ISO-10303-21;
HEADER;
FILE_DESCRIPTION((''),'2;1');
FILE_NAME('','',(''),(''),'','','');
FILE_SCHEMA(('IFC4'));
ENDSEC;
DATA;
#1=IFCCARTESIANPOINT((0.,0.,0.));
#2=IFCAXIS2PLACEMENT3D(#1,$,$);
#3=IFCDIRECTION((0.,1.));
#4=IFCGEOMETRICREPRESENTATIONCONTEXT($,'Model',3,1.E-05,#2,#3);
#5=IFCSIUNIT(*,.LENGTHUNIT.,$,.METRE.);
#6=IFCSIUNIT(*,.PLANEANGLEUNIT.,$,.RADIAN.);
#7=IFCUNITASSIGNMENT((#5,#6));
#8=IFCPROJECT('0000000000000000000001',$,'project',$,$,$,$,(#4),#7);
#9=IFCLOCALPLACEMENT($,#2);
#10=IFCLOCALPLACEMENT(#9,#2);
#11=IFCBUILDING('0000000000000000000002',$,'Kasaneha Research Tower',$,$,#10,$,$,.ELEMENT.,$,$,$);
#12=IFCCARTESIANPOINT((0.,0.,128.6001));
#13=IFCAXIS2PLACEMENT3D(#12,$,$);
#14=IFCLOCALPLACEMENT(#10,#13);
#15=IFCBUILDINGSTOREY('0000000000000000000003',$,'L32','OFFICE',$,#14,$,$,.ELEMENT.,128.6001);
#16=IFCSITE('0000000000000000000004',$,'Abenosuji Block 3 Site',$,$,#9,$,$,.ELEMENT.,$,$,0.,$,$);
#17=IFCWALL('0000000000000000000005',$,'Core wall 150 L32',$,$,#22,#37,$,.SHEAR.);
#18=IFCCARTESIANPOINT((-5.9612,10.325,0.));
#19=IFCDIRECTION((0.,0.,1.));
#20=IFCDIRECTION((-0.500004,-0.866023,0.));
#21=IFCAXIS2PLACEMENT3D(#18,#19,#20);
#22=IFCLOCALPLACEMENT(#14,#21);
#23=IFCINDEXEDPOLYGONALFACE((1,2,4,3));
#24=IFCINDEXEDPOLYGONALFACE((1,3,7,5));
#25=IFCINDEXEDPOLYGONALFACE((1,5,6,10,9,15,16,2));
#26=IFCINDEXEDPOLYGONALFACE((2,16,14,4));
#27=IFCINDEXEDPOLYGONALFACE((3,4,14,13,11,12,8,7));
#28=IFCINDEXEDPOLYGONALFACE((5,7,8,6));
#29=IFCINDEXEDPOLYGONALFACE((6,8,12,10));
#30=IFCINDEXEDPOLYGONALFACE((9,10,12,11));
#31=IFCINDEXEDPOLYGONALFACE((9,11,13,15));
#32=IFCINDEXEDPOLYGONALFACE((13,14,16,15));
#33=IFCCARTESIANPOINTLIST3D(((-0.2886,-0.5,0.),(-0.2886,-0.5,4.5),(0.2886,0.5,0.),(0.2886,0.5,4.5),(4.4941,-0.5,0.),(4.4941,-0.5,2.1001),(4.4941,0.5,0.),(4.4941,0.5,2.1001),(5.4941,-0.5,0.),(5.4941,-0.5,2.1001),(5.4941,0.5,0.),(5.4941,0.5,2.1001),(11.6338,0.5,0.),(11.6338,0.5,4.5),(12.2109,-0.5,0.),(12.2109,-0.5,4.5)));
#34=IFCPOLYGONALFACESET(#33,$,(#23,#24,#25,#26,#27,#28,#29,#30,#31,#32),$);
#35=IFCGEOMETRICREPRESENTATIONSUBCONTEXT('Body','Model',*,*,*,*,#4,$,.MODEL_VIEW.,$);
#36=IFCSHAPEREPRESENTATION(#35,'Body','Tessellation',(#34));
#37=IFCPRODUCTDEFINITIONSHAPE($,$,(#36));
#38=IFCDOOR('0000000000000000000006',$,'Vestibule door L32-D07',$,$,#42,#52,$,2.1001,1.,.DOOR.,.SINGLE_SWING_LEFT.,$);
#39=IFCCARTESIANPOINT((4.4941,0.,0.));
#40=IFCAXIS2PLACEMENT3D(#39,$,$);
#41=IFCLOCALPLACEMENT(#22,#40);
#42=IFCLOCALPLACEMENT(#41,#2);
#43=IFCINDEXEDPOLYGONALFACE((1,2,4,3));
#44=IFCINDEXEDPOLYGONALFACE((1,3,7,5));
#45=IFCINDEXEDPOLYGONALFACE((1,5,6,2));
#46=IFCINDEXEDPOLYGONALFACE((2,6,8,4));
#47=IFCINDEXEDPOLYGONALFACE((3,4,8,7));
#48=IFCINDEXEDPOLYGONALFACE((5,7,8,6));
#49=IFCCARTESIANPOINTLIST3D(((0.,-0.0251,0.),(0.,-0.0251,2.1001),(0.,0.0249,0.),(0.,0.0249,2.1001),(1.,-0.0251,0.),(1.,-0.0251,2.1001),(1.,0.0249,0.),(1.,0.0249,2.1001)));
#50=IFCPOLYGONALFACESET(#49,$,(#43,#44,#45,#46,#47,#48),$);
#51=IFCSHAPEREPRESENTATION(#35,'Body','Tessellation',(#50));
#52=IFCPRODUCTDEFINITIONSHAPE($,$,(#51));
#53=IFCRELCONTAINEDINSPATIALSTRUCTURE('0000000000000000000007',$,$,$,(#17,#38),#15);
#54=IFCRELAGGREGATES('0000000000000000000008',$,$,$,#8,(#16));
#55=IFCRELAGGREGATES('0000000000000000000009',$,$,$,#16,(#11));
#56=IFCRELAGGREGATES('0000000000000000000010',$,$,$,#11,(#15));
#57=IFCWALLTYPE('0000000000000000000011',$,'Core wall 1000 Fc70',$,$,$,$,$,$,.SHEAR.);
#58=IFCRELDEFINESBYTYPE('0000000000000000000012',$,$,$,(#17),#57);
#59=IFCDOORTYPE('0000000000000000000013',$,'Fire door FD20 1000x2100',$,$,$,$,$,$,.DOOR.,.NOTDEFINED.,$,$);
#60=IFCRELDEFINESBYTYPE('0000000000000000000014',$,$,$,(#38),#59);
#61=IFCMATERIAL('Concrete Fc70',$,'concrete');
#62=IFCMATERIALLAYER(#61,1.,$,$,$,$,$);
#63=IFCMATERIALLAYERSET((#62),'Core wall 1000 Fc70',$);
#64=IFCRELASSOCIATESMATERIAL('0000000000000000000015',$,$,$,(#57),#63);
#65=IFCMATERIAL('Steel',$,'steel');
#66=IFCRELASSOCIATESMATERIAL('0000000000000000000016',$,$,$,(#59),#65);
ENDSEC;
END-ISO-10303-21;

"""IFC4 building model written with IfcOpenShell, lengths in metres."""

from ifc_helpers import new_model, si_unit, direction, frame, frame_2d, origin, place, context, subcontext, project, spatial, polyline, rectangle, outline, extrude, material, layer, layer_set, type_object, element, fill, save


model = new_model("IFC4")

# Units and contexts
model_context = context("Model", 3, precision=1e-05, world=origin(), true_north=direction((0.0, 1.0)))
body_context = subcontext(model_context, "Body", "Model", "MODEL_VIEW")
ifc_project = project(units=[si_unit("LENGTHUNIT", "METRE"), si_unit("PLANEANGLEUNIT", "RADIAN")], contexts=[model_context])

# Site, building, storey
site_placement = place(None, origin())
site = spatial("IfcSite", under=ifc_project, at=site_placement, Name="Abenosuji Block 3 Site", CompositionType="ELEMENT", RefElevation=0.0)
building_placement = place(site_placement, origin())
building = spatial("IfcBuilding", under=site, at=building_placement, Name="Kasaneha Research Tower", CompositionType="ELEMENT")
storey_placement = place(building_placement, frame((0.0, 0.0, 128.6001)))
storey = spatial("IfcBuildingStorey", under=building, at=storey_placement, Name="L32", Description="OFFICE", CompositionType="ELEMENT", Elevation=128.6001)

# Wall, opening, door
ifc_material_1 = material(Name="Concrete Fc70", Category="concrete")
ifc_layer_1 = layer(ifc_material_1, 1.0)
ifc_layer_set_1 = layer_set([ifc_layer_1], Name="Core wall 1000 Fc70")
wall_type_1 = type_object("IfcWallType", Name="Core wall 1000 Fc70", PredefinedType="SHEAR", material=ifc_layer_set_1)
wall_1_placement = place(storey_placement, frame((-5.9612, 10.325, 0.0), z_axis=(0.0, 0.0, 1.0), x_axis=(-0.500004, -0.866023, 0.0)))
wall_1 = element("IfcWall", 1, at=wall_1_placement, inside=storey, type_object=wall_type_1, Name="Core wall 150 L32", PredefinedType="SHEAR", context=body_context, shape_type="SweptSolid", body=[
    extrude(outline(polyline([(-0.2886, -0.5), (4.4941, -0.5), (5.4941, -0.5), (12.2109, -0.5), (11.6338, 0.5), (5.4941, 0.5), (4.4941, 0.5), (0.2886, 0.5), (-0.2886, -0.5)])), origin(), (0.0, 0.0, 1.0), 4.5),
])
opening_1_placement = place(wall_1_placement, frame((4.4941, 0.0, 0.0)))
opening_1 = element("IfcOpeningElement", 2, at=opening_1_placement, cuts=wall_1, PredefinedType="OPENING", context=body_context, shape_type="SweptSolid", body=[
    extrude(rectangle(XDim=1.0, YDim=2.1001, at=frame_2d((0.5, 1.05))), frame((0.0, 0.51, 0.0), z_axis=(0.0, -1.0, 0.0), x_axis=(1.0, 0.0, 0.0)), (0.0, 0.0, 1.0), 1.02),
])
ifc_material_2 = material(Name="Steel", Category="steel")
door_type_1 = type_object("IfcDoorType", Name="Fire door FD20 1000x2100", OperationType="NOTDEFINED", PredefinedType="DOOR", material=ifc_material_2)
door_1_placement = place(opening_1_placement, origin())
door_1 = element("IfcDoor", 3, at=door_1_placement, inside=storey, type_object=door_type_1, Name="Vestibule door L32-D07", OperationType="SINGLE_SWING_LEFT", OverallHeight=2.1001, OverallWidth=1.0, PredefinedType="DOOR", context=body_context, shape_type="SweptSolid", body=[
    extrude(rectangle(XDim=1.0, YDim=2.1001, at=frame_2d((0.5, 1.05))), frame((0.0, 0.0249, 0.0), z_axis=(0.0, -1.0, 0.0), x_axis=(1.0, 0.0, 0.0)), (0.0, 0.0, 1.0), 0.05),
])
fill(opening_1, door_1)

save(model, "model.ifc")
